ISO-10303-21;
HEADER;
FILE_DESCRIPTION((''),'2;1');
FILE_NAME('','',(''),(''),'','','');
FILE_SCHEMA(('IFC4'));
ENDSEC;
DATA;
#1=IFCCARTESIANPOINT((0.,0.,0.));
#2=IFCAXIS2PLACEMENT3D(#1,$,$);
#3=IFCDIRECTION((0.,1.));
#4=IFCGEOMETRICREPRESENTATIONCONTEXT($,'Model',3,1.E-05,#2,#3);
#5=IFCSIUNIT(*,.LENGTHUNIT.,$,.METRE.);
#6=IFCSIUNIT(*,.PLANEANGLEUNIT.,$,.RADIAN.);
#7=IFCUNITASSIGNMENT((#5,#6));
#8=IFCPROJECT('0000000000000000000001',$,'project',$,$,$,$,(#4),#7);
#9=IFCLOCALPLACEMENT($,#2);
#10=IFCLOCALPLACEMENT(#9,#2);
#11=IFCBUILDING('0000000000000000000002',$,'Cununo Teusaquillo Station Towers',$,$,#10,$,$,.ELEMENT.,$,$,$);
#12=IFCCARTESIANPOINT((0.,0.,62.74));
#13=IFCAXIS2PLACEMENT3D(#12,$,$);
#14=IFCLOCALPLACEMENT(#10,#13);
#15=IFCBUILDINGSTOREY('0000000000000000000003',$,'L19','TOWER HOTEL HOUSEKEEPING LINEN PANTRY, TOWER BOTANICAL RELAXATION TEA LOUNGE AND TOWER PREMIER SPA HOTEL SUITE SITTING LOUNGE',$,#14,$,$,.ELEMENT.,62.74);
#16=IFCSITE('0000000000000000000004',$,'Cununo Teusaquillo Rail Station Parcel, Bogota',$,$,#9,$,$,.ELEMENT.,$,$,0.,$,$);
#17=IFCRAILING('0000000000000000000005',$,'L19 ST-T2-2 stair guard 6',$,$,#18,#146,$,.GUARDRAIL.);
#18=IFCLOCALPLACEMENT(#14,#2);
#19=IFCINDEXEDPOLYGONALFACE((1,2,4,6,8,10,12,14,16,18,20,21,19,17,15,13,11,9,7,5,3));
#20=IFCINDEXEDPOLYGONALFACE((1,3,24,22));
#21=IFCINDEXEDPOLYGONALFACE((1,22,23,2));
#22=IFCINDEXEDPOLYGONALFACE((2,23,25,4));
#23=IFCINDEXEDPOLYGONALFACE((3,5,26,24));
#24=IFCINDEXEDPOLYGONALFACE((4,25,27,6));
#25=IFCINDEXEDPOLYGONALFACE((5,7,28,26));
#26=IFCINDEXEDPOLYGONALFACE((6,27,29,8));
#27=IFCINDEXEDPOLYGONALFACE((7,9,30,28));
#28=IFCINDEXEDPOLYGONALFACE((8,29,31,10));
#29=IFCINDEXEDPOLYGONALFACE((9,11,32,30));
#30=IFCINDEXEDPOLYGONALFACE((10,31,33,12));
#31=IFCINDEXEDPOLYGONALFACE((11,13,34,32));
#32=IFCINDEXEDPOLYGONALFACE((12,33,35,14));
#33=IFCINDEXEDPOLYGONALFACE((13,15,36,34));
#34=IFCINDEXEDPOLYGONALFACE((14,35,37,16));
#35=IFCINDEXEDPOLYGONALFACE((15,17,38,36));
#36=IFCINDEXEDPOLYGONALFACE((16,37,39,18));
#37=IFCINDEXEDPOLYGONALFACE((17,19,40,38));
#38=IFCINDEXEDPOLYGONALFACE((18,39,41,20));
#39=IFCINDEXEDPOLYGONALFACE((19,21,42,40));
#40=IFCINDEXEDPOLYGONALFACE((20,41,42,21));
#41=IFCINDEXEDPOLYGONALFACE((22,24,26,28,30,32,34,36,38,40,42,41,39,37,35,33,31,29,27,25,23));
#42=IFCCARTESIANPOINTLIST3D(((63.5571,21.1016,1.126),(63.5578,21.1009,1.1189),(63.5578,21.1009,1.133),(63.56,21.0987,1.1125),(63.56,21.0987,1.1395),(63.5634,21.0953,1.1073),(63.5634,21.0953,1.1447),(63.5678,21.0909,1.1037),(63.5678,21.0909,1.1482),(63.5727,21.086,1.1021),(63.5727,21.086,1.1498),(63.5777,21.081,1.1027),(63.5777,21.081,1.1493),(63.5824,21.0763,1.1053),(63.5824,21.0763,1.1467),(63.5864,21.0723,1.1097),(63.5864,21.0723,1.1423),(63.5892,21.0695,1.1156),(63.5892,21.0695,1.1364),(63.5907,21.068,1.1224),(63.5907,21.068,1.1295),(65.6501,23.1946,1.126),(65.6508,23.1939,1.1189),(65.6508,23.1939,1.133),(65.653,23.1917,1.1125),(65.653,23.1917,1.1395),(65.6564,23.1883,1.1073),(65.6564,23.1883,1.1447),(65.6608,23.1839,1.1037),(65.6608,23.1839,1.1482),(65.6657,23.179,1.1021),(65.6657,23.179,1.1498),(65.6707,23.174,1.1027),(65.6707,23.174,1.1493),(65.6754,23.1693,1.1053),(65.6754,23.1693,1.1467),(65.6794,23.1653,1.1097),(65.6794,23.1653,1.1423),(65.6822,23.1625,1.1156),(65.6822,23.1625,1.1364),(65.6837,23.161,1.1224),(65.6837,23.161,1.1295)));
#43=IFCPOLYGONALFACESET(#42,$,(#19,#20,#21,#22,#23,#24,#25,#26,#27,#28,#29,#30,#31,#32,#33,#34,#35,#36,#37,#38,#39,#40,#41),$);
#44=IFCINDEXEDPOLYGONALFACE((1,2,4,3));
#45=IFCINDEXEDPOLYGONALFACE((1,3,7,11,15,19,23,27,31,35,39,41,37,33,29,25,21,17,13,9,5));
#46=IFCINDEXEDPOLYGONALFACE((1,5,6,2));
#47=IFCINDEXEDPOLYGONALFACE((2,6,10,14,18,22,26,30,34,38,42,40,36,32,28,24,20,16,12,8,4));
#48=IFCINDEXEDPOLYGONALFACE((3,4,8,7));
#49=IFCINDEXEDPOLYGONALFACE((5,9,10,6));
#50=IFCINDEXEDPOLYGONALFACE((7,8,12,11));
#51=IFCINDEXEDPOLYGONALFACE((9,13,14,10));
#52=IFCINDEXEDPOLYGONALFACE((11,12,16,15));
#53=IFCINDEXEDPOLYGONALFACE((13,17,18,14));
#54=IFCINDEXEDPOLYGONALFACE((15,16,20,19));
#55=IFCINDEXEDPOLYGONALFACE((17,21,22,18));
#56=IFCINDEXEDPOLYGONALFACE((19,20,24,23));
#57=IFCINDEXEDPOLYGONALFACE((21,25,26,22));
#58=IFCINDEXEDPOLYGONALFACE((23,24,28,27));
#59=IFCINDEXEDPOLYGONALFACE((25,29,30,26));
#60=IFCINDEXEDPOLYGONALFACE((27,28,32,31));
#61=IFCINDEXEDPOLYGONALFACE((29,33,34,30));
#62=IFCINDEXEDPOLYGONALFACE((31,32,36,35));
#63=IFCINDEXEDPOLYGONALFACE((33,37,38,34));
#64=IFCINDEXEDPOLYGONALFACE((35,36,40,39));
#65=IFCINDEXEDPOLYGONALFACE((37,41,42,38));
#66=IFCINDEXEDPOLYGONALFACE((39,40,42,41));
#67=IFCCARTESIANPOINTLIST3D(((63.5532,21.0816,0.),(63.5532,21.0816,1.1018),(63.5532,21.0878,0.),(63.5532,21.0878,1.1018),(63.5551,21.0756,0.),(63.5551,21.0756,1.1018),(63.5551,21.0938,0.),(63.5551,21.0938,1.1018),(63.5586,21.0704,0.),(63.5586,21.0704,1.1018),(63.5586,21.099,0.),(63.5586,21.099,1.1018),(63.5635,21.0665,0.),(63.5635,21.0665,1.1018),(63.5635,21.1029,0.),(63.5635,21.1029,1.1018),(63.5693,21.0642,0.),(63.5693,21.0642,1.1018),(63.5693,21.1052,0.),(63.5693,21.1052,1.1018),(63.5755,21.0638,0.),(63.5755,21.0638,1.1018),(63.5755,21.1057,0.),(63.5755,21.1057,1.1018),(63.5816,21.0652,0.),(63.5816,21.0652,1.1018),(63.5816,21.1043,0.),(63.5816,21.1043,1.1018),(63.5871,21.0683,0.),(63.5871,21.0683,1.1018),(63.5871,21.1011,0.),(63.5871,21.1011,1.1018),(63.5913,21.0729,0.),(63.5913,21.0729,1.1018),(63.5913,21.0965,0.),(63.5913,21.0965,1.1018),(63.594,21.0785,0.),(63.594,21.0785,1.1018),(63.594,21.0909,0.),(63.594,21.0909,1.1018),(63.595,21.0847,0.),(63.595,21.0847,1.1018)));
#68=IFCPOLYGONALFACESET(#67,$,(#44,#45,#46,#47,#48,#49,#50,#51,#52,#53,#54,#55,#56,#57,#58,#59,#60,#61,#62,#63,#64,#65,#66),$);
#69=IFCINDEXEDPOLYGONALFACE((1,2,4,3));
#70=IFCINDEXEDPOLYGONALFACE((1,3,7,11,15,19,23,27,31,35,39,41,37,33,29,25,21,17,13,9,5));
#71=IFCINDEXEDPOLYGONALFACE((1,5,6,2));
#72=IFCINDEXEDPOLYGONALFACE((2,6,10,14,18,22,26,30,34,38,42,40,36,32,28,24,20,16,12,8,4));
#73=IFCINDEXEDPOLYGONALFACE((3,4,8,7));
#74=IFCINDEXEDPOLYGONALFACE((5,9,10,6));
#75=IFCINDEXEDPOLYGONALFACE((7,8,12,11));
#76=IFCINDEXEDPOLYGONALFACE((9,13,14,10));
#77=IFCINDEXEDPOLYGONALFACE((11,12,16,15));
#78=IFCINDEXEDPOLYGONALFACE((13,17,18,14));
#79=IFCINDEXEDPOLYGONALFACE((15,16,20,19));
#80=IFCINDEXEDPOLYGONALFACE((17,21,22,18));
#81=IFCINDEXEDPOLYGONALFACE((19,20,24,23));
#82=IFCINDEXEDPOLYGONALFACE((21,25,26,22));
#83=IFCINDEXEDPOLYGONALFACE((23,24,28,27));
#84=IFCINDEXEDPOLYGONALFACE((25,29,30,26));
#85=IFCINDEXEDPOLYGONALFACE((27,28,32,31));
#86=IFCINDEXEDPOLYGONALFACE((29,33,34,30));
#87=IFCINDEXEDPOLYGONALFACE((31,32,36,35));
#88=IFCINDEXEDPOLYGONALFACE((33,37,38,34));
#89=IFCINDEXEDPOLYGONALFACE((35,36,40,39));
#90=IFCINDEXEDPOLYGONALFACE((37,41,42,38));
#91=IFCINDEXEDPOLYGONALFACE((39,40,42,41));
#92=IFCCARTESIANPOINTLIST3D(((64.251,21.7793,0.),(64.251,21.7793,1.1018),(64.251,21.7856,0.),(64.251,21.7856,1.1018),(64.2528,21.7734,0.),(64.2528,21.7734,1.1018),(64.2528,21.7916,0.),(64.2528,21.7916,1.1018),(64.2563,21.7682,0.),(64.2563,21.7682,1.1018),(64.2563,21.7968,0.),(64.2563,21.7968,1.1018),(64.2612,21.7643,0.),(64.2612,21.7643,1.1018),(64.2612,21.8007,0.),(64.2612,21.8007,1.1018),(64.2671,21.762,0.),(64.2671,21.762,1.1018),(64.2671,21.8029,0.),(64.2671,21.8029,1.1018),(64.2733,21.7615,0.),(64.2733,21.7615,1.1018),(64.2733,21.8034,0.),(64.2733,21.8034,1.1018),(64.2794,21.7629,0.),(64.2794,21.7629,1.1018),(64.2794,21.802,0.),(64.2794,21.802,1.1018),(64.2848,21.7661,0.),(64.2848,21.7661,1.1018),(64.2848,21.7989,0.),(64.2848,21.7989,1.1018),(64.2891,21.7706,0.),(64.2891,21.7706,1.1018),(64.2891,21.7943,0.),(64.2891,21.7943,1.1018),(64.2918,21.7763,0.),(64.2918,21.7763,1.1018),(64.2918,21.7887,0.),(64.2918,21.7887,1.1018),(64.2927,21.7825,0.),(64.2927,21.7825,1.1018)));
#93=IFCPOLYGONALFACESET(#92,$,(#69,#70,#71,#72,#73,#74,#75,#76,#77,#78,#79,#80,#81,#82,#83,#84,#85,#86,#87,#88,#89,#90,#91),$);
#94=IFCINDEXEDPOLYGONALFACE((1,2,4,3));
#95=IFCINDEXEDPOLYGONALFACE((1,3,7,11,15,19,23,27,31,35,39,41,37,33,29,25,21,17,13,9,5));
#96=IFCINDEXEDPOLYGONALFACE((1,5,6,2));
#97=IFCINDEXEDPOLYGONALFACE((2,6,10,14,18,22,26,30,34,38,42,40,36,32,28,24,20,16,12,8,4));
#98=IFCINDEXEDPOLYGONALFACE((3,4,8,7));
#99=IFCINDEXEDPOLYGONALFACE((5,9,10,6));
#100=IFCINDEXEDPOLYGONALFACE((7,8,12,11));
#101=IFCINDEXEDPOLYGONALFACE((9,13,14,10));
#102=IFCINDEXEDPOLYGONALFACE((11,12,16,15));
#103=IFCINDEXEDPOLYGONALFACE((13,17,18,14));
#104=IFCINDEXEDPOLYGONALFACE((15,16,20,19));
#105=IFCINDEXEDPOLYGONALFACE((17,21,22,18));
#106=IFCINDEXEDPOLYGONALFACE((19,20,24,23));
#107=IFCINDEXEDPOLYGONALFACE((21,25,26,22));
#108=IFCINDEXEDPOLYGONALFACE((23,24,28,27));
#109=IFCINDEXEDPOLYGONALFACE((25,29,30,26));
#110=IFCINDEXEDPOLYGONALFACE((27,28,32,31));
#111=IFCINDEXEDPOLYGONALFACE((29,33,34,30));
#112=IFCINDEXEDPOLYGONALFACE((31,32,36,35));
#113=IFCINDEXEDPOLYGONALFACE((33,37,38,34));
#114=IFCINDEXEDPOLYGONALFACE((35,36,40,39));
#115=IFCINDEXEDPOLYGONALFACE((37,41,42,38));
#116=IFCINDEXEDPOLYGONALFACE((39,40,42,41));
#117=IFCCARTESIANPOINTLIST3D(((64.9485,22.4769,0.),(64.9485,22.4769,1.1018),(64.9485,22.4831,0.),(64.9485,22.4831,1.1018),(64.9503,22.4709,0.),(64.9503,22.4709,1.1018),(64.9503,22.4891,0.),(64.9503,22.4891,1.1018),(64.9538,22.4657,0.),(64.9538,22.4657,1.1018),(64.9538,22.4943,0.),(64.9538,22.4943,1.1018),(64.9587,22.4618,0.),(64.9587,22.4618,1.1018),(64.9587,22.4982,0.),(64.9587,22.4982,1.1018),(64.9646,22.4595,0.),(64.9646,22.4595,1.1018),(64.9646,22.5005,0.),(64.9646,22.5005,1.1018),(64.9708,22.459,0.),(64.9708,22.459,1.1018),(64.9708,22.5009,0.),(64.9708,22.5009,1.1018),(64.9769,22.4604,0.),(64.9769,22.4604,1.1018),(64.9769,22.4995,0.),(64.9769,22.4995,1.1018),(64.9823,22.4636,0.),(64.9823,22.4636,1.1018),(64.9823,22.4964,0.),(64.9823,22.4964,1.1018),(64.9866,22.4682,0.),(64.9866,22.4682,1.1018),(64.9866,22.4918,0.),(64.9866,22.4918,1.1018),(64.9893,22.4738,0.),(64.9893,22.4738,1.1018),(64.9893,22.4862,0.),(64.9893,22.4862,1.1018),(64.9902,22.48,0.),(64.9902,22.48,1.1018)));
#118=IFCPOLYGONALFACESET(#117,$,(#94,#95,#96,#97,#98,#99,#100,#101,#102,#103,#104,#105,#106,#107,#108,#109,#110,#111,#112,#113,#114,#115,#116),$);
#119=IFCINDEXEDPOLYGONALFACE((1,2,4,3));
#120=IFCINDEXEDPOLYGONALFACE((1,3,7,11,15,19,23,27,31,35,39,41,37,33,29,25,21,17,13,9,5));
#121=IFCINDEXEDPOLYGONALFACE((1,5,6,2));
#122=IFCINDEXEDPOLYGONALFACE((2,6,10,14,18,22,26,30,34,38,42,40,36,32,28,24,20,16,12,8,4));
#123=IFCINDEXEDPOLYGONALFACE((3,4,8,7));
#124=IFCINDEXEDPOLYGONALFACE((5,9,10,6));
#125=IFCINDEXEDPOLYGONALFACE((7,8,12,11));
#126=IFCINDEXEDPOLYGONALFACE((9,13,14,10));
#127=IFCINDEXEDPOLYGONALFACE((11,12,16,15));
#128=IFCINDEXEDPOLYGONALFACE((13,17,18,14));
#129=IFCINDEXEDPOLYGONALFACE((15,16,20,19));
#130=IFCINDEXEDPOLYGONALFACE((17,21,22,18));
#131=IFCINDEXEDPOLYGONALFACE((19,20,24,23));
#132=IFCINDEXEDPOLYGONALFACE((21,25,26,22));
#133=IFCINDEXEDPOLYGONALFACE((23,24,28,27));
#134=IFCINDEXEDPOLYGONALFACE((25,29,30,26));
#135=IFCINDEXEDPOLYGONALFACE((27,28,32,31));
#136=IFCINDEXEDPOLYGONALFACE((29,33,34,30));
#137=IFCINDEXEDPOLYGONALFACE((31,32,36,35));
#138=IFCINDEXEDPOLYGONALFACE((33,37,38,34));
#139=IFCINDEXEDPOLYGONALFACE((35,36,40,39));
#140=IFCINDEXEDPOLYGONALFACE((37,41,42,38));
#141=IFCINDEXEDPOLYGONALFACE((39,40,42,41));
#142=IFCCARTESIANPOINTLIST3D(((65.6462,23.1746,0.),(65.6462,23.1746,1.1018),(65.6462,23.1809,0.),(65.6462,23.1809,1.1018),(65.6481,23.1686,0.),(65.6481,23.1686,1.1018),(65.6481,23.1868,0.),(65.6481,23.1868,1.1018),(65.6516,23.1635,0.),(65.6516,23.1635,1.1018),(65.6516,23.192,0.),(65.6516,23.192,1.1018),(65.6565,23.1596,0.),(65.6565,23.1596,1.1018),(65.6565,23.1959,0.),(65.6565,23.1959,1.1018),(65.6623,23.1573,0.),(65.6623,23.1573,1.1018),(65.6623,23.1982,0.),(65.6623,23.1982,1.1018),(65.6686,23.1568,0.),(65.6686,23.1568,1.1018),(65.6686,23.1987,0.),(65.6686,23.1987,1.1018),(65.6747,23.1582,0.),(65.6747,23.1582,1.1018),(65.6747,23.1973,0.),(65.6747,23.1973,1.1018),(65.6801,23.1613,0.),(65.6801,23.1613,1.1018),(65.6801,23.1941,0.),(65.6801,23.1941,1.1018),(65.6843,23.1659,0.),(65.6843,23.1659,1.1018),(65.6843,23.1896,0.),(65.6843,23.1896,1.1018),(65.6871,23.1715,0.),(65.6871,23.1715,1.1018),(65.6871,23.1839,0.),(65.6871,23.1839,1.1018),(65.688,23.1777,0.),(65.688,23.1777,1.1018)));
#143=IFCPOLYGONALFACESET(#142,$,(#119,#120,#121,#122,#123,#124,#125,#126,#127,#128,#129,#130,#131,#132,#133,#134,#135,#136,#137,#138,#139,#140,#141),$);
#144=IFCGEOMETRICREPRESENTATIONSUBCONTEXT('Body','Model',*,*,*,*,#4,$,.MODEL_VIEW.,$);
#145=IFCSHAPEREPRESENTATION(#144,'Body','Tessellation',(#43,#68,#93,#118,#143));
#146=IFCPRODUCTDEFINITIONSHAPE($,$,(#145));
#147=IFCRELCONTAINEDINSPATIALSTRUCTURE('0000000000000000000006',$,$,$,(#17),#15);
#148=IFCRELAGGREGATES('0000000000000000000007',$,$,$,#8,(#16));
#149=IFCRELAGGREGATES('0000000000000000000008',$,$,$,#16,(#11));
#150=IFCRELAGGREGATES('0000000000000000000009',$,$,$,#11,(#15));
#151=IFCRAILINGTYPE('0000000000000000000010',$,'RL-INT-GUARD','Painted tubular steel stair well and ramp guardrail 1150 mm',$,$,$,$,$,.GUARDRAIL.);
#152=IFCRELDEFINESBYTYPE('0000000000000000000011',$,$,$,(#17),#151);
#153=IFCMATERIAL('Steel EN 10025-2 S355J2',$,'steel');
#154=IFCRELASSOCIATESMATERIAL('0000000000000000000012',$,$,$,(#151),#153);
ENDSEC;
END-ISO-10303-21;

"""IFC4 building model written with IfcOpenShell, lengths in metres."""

from ifc_helpers import new_model, si_unit, direction, frame, origin, origin_2d, place, context, subcontext, project, spatial, circle, extrude, material, type_object, element, save


model = new_model("IFC4")

# Units and contexts
model_context = context("Model", 3, precision=1e-05, world=origin(), true_north=direction((0.0, 1.0)))
body_context = subcontext(model_context, "Body", "Model", "MODEL_VIEW")
ifc_project = project(units=[si_unit("LENGTHUNIT", "METRE"), si_unit("PLANEANGLEUNIT", "RADIAN")], contexts=[model_context])

# Site, building, storey
site_placement = place(None, origin())
site = spatial("IfcSite", under=ifc_project, at=site_placement, Name="Cununo Teusaquillo Rail Station Parcel, Bogota", CompositionType="ELEMENT", RefElevation=0.0)
building_placement = place(site_placement, origin())
building = spatial("IfcBuilding", under=site, at=building_placement, Name="Cununo Teusaquillo Station Towers", CompositionType="ELEMENT")
storey_placement = place(building_placement, frame((0.0, 0.0, 62.74)))
storey = spatial("IfcBuildingStorey", under=building, at=storey_placement, Name="L19", Description="TOWER HOTEL HOUSEKEEPING LINEN PANTRY, TOWER BOTANICAL RELAXATION TEA LOUNGE AND TOWER PREMIER SPA HOTEL SUITE SITTING LOUNGE", CompositionType="ELEMENT", Elevation=62.74)

# Railing
ifc_material_1 = material(Name="Steel EN 10025-2 S355J2", Category="steel")
railing_type = type_object("IfcRailingType", Name="RL-INT-GUARD", Description="Painted tubular steel stair well and ramp guardrail 1150 mm", PredefinedType="GUARDRAIL", material=ifc_material_1)
railing_1_placement = place(storey_placement, frame((63.574, 21.0847, 0.0)))
element("IfcRailing", 1, at=railing_1_placement, inside=storey, type_object=railing_type, Name="L19 ST-T2-2 stair guard 6", PredefinedType="GUARDRAIL", context=body_context, shape_type="SweptSolid", body=[
    extrude(circle(Radius=0.0239, at=origin_2d()), frame((0.0, 0.0, 1.126), z_axis=(0.707107, 0.707107, 0.0), x_axis=(-0.707107, 0.707107, 0.0)), (0.0, 0.0, 1.0), 2.96),
    extrude(circle(Radius=0.021, at=origin_2d()), origin(), (0.0, 0.0, 1.0), 1.1018),
    extrude(circle(Radius=0.021, at=origin_2d()), frame((0.6978, 0.6978, 0.0)), (0.0, 0.0, 1.0), 1.1018),
    extrude(circle(Radius=0.021, at=origin_2d()), frame((1.3953, 1.3953, 0.0)), (0.0, 0.0, 1.0), 1.1018),
    extrude(circle(Radius=0.021, at=origin_2d()), frame((2.093, 2.093, 0.0)), (0.0, 0.0, 1.0), 1.1018),
])

save(model, "model.ifc")
